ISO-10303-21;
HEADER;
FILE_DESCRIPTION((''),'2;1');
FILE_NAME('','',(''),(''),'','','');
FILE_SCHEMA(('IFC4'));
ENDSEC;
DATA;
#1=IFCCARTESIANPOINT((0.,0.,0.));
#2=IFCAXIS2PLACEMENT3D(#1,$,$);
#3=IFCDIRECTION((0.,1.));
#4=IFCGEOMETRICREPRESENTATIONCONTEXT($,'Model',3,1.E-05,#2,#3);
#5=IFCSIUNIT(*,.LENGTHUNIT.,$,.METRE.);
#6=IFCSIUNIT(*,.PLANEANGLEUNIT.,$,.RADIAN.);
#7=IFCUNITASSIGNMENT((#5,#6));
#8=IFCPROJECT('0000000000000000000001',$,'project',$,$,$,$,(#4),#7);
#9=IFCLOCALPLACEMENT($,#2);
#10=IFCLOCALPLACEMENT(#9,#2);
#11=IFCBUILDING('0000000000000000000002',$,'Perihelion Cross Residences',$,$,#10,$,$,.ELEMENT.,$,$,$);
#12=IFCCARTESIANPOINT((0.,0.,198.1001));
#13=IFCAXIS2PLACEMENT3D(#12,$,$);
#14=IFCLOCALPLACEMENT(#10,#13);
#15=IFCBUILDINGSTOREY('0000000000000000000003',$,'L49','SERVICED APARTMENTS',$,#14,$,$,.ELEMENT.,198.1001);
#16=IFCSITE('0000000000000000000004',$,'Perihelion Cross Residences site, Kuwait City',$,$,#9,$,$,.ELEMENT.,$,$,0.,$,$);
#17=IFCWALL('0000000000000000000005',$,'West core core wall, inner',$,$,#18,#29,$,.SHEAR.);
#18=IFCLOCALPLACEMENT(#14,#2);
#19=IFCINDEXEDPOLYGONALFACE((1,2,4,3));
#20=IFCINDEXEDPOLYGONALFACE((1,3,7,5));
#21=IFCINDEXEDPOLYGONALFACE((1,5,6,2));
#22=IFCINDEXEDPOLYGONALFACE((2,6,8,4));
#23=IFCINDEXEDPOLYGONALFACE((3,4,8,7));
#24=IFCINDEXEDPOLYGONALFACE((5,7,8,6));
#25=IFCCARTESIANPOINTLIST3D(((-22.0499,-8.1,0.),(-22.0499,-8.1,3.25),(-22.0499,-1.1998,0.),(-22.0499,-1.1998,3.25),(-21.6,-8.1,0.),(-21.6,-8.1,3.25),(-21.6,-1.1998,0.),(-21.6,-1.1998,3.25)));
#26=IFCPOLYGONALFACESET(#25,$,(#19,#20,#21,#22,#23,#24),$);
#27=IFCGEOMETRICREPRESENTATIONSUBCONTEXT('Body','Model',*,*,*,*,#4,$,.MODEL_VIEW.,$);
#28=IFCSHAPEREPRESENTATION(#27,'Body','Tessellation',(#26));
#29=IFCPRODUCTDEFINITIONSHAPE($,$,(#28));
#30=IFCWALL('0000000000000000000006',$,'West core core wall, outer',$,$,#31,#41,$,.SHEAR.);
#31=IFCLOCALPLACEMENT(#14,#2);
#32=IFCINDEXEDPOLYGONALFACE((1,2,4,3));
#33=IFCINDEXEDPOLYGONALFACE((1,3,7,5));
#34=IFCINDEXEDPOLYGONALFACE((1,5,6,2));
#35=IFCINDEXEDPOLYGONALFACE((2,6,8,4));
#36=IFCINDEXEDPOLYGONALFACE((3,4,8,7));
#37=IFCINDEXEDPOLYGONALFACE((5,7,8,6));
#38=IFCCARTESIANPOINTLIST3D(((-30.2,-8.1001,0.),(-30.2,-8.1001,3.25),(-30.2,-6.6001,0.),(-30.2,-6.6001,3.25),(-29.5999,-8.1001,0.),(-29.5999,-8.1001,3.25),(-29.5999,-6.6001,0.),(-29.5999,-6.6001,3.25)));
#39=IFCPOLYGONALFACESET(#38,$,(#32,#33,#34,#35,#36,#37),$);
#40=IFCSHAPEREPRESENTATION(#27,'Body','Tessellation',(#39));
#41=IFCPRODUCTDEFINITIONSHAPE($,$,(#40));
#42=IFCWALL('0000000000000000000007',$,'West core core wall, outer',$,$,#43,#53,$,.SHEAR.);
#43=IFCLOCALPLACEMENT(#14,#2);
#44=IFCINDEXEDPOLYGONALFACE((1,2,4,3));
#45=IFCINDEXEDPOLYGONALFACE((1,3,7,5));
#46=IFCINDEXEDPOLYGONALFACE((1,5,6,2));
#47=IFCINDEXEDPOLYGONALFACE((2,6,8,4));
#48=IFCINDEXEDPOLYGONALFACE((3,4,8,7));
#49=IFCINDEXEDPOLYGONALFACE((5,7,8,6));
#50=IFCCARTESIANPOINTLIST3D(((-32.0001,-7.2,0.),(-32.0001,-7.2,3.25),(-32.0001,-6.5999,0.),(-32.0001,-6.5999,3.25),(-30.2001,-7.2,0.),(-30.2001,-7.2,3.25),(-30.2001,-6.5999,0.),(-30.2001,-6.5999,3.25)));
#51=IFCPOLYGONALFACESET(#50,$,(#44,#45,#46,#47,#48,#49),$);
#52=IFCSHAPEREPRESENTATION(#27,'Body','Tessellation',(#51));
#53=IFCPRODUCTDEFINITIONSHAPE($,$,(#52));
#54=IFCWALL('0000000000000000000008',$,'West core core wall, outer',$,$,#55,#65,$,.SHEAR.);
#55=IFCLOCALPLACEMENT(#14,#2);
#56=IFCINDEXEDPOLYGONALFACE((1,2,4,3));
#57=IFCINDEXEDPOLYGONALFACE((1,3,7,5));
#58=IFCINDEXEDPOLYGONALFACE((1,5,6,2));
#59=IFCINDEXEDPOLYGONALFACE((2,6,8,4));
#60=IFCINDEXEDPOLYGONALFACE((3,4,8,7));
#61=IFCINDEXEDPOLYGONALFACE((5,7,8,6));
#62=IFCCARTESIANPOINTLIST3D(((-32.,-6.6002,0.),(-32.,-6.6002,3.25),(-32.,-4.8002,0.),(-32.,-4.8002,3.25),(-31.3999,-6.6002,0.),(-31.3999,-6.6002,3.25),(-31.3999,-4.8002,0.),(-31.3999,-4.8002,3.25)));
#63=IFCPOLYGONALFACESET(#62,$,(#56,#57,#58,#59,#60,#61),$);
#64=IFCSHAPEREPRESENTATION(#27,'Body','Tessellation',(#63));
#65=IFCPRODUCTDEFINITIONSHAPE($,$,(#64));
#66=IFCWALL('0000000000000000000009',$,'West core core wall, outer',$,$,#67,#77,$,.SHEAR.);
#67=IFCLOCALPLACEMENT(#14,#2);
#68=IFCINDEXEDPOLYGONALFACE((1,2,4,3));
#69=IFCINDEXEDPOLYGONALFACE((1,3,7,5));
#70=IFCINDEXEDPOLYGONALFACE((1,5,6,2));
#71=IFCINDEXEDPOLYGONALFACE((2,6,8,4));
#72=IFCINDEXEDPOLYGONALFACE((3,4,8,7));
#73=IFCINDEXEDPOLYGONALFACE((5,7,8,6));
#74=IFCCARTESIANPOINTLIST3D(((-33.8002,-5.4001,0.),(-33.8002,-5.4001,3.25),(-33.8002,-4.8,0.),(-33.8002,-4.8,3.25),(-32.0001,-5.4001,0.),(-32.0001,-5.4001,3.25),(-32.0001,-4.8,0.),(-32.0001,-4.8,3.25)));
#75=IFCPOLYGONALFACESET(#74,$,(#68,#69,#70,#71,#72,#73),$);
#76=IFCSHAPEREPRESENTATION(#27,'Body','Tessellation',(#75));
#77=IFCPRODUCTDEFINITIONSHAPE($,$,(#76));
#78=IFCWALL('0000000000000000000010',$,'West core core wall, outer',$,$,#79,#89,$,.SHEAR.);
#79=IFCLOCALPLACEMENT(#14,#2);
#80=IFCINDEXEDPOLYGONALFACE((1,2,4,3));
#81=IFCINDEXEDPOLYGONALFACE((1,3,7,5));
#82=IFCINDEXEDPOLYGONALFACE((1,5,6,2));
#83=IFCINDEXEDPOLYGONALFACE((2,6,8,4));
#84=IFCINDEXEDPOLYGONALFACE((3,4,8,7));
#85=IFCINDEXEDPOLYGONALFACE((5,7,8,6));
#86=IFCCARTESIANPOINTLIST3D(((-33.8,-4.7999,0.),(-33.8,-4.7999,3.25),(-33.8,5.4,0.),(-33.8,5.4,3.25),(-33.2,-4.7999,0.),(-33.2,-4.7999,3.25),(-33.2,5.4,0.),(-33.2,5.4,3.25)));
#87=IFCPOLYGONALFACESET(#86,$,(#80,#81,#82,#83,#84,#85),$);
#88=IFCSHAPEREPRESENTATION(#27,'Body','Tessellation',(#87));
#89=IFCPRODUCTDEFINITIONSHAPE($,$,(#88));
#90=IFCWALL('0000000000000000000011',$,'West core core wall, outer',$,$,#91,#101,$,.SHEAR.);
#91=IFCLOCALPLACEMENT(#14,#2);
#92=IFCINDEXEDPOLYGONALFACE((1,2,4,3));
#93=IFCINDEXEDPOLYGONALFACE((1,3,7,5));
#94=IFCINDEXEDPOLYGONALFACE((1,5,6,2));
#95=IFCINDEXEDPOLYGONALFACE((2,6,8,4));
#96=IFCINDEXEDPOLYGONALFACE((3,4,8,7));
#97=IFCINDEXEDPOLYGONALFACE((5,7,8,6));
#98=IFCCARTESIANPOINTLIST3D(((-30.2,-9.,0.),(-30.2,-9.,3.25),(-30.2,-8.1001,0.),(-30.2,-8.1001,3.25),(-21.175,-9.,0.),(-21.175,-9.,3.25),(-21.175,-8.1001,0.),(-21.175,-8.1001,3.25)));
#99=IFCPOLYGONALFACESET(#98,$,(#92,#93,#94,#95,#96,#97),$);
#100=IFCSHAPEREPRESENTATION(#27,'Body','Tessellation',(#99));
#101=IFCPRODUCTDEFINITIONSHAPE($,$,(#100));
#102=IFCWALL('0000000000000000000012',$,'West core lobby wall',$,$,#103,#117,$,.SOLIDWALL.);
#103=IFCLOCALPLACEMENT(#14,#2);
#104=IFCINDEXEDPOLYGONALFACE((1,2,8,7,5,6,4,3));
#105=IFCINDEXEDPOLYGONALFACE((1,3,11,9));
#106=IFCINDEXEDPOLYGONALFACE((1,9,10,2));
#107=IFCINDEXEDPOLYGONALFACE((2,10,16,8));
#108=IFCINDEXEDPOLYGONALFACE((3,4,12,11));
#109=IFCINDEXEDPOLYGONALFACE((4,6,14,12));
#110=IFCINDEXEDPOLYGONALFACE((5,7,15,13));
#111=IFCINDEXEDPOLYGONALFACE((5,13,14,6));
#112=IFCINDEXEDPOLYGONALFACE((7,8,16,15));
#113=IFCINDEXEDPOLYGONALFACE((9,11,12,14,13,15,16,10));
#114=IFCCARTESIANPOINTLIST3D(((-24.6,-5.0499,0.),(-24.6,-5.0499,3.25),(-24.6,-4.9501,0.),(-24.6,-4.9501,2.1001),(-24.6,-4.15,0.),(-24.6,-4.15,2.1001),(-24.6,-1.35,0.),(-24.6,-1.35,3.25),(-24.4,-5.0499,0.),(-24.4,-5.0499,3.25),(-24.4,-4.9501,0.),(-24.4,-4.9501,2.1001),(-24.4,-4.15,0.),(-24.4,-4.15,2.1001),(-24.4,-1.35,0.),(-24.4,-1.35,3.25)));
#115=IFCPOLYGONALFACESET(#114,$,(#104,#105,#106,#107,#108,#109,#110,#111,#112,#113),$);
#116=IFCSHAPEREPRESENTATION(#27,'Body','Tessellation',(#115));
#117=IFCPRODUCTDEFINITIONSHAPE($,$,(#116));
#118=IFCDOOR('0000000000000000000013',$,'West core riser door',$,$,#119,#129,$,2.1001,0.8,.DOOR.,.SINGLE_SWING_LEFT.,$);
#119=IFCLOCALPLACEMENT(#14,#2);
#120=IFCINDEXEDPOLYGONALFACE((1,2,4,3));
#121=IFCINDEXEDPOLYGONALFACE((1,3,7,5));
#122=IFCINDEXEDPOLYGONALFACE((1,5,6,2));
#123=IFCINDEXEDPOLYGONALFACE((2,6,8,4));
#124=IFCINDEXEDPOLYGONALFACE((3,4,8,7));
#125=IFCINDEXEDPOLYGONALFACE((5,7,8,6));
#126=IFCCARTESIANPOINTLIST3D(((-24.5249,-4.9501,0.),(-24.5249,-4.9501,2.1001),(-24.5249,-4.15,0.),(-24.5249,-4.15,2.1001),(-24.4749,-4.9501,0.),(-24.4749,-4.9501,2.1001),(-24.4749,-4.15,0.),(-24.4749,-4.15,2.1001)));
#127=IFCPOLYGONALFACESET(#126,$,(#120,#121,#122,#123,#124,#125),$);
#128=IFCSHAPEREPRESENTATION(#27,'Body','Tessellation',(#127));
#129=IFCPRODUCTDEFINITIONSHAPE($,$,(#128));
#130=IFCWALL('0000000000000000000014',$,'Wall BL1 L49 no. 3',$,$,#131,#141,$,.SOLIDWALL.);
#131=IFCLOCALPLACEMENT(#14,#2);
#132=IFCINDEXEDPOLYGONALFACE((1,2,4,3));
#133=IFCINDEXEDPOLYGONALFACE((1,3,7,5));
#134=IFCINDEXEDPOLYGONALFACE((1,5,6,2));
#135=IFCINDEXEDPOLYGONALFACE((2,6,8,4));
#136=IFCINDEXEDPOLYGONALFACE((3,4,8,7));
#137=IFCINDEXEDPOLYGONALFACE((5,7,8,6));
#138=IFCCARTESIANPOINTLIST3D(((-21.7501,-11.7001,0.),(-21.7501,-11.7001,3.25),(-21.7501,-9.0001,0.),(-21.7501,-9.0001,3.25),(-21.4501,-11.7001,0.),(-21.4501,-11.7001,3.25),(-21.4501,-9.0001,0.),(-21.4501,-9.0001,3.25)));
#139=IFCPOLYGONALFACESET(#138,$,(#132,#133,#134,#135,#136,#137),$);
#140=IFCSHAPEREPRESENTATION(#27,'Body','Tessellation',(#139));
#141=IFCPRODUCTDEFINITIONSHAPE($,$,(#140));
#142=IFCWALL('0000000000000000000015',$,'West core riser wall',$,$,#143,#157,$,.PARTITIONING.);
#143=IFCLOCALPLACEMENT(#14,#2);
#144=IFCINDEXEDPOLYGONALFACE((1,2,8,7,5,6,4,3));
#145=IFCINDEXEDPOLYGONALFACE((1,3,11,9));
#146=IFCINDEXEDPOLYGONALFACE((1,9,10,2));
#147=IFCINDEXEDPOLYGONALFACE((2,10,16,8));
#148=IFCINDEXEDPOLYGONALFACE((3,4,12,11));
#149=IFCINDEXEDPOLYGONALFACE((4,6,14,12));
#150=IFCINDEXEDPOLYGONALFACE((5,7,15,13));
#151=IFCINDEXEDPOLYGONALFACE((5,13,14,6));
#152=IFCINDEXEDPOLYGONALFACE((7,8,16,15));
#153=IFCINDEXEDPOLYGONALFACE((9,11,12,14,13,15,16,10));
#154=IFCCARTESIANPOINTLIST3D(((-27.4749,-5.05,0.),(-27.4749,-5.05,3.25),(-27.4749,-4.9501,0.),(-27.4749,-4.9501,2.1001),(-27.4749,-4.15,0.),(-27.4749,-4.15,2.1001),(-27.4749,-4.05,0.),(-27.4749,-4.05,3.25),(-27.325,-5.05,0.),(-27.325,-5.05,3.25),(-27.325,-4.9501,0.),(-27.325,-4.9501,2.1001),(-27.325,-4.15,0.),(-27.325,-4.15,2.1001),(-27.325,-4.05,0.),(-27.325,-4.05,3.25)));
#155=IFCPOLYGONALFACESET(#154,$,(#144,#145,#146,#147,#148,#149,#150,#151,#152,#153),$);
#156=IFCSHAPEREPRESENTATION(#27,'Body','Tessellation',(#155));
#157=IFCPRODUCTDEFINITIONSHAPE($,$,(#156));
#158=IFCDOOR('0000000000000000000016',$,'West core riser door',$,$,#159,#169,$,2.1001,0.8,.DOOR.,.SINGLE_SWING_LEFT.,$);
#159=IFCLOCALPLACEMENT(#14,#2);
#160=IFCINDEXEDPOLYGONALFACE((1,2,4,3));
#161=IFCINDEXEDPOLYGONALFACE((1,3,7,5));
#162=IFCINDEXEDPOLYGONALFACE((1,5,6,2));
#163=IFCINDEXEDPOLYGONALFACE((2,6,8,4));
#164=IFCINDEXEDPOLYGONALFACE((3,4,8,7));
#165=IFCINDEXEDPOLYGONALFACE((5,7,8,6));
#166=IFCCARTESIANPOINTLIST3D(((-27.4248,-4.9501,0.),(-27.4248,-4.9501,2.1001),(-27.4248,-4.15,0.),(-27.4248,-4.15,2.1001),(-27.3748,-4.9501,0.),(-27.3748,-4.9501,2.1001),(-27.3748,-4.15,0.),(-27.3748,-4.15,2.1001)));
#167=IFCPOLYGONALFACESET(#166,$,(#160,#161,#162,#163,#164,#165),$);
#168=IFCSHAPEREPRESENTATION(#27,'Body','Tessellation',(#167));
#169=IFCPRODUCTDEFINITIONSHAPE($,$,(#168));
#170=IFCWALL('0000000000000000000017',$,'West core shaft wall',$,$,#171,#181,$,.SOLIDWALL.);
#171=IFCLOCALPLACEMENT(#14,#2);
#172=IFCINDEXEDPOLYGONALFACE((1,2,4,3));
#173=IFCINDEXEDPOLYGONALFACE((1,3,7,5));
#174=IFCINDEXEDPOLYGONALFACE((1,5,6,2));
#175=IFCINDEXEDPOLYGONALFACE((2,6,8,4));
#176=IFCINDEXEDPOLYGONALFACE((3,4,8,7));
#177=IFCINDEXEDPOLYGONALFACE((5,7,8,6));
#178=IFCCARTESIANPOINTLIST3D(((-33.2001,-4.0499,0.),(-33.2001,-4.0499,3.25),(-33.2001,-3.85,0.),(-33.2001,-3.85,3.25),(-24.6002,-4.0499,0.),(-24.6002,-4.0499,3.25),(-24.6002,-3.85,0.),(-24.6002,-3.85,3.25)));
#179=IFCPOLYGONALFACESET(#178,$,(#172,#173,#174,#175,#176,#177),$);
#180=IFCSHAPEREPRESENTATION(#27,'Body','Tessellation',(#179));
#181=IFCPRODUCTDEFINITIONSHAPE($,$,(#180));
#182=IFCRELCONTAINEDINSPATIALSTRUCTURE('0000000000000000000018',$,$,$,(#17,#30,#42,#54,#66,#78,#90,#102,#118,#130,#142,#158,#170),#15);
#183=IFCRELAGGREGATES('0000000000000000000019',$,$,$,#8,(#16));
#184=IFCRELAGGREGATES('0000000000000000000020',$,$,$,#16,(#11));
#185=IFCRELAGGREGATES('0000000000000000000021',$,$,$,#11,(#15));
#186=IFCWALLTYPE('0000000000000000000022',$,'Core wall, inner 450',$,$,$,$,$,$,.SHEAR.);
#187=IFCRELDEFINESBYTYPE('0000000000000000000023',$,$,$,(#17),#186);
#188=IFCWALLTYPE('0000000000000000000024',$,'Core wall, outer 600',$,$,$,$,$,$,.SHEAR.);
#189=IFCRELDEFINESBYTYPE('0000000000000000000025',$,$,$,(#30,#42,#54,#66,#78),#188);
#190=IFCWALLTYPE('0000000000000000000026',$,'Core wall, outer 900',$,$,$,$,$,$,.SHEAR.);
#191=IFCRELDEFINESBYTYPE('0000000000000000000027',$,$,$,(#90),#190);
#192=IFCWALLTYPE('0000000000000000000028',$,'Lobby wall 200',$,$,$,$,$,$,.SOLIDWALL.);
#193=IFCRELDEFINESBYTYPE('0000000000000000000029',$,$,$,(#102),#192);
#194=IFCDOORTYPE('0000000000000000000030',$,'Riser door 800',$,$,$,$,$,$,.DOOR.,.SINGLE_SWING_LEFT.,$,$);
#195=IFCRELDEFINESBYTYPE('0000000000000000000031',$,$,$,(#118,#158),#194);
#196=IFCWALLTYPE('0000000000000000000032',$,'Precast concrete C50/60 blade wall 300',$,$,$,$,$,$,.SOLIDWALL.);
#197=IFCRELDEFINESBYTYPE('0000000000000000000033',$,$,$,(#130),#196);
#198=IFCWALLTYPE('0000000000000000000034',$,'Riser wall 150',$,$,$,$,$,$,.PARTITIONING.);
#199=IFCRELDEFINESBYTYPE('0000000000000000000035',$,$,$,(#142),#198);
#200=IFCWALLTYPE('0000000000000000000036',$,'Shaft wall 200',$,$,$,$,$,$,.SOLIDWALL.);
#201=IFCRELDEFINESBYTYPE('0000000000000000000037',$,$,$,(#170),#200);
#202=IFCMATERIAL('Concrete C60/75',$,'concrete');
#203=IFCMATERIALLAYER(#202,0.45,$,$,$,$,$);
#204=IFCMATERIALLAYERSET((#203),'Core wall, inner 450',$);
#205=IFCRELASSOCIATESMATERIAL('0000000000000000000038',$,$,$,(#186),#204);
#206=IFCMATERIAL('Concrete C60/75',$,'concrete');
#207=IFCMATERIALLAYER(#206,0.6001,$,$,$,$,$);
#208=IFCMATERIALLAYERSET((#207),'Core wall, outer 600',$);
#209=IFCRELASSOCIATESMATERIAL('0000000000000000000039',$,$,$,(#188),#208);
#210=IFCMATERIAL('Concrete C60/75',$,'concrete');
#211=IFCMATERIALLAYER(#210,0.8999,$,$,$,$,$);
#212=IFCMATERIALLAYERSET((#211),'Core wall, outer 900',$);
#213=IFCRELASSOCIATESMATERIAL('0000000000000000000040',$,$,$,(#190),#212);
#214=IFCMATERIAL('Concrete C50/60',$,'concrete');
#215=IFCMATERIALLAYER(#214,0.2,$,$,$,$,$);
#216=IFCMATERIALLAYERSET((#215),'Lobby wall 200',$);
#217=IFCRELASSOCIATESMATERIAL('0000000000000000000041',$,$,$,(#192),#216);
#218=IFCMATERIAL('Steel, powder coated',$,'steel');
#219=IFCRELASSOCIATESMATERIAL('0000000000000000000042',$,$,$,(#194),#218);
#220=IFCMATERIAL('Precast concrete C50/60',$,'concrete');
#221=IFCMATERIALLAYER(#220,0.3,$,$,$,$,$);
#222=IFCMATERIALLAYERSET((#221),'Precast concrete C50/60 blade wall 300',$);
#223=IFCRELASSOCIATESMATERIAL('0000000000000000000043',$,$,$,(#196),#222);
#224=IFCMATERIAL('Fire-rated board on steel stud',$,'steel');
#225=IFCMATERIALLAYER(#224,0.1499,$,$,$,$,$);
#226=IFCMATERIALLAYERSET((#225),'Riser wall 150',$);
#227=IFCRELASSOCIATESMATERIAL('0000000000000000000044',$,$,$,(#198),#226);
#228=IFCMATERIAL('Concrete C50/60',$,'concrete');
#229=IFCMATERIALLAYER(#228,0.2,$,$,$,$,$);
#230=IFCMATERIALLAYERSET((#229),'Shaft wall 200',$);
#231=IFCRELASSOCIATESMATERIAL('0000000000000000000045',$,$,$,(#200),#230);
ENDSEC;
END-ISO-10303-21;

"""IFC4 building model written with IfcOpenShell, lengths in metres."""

from ifc_helpers import new_model, si_unit, direction, frame, frame_2d, origin, place, context, subcontext, project, spatial, rectangle, extrude, material, layer, layer_set, type_object, element, fill, save


model = new_model("IFC4")

# Units and contexts
model_context = context("Model", 3, precision=1e-05, world=origin(), true_north=direction((0.0, 1.0)))
body_context = subcontext(model_context, "Body", "Model", "MODEL_VIEW")
ifc_project = project(units=[si_unit("LENGTHUNIT", "METRE"), si_unit("PLANEANGLEUNIT", "RADIAN")], contexts=[model_context])

# Site, building, storey
site_placement = place(None, origin())
site = spatial("IfcSite", under=ifc_project, at=site_placement, Name="Perihelion Cross Residences site, Kuwait City", CompositionType="ELEMENT", RefElevation=0.0)
building_placement = place(site_placement, origin())
building = spatial("IfcBuilding", under=site, at=building_placement, Name="Perihelion Cross Residences", CompositionType="ELEMENT")
storey_placement = place(building_placement, frame((0.0, 0.0, 198.1001)))
storey = spatial("IfcBuildingStorey", under=building, at=storey_placement, Name="L49", Description="SERVICED APARTMENTS", CompositionType="ELEMENT", Elevation=198.1001)

# Walls
ifc_material_1 = material(Name="Concrete C60/75", Category="concrete")
ifc_layer_1 = layer(ifc_material_1, 0.45)
ifc_layer_set_1 = layer_set([ifc_layer_1], Name="Core wall, inner 450")
wall_type_1 = type_object("IfcWallType", Name="Core wall, inner 450", PredefinedType="SHEAR", material=ifc_layer_set_1)
wall_1_placement = place(storey_placement, frame((-21.825, -8.1001, 0.0), z_axis=(0.0, 0.0, 1.0), x_axis=(0.0, 1.0, 0.0)))
element("IfcWall", 1, at=wall_1_placement, inside=storey, type_object=wall_type_1, Name="West core core wall, inner", PredefinedType="SHEAR", context=body_context, shape_type="SweptSolid", body=[
    extrude(rectangle(XDim=6.9001, YDim=0.45, at=frame_2d((3.4502, 0.0))), origin(), (0.0, 0.0, 1.0), 3.25),
])
ifc_material_2 = material(Name="Concrete C60/75", Category="concrete")
ifc_layer_2 = layer(ifc_material_2, 0.6001)
ifc_layer_set_2 = layer_set([ifc_layer_2], Name="Core wall, outer 600")
wall_type_2 = type_object("IfcWallType", Name="Core wall, outer 600", PredefinedType="SHEAR", material=ifc_layer_set_2)
wall_2_placement = place(storey_placement, frame((-29.8999, -8.1001, 0.0), z_axis=(0.0, 0.0, 1.0), x_axis=(0.0, 1.0, 0.0)))
element("IfcWall", 2, at=wall_2_placement, inside=storey, type_object=wall_type_2, Name="West core core wall, outer", PredefinedType="SHEAR", context=body_context, shape_type="SweptSolid", body=[
    extrude(rectangle(XDim=1.5, YDim=0.6001, at=frame_2d((0.75, 0.0))), origin(), (0.0, 0.0, 1.0), 3.25),
])
for number, where, z_axis, x_axis, name in (
    (3, (-32.0, -6.8999, 0.0), (0.0, 0.0, 1.0), (1.0, 0.0, 0.0), "West core core wall, outer"),
    (4, (-31.7, -6.6001, 0.0), (0.0, 0.0, 1.0), (0.0, 1.0, 0.0), "West core core wall, outer"),
    (5, (-33.8, -5.1001, 0.0), (0.0, 0.0, 1.0), (1.0, 0.0, 0.0), "West core core wall, outer"),
):
    element("IfcWall", number, at=place(storey_placement, frame(where, z_axis=z_axis, x_axis=x_axis)), inside=storey, type_object=wall_type_2, Name=name, PredefinedType="SHEAR", context=body_context, shape_type="SweptSolid", body=[
        extrude(rectangle(XDim=1.8, YDim=0.6001, at=frame_2d((0.8999, 0.0))), origin(), (0.0, 0.0, 1.0), 3.25),
    ])
wall_3_placement = place(storey_placement, frame((-33.5, -4.8, 0.0), z_axis=(0.0, 0.0, 1.0), x_axis=(0.0, 1.0, 0.0)))
element("IfcWall", 6, at=wall_3_placement, inside=storey, type_object=wall_type_2, Name="West core core wall, outer", PredefinedType="SHEAR", context=body_context, shape_type="SweptSolid", body=[
    extrude(rectangle(XDim=10.2, YDim=0.6001, at=frame_2d((5.1001, 0.0))), origin(), (0.0, 0.0, 1.0), 3.25),
])
ifc_material_3 = material(Name="Concrete C60/75", Category="concrete")
ifc_layer_3 = layer(ifc_material_3, 0.8999)
ifc_layer_set_3 = layer_set([ifc_layer_3], Name="Core wall, outer 900")
wall_type_3 = type_object("IfcWallType", Name="Core wall, outer 900", PredefinedType="SHEAR", material=ifc_layer_set_3)
wall_4_placement = place(storey_placement, frame((-30.2, -8.55, 0.0), z_axis=(0.0, 0.0, 1.0), x_axis=(1.0, 0.0, 0.0)))
element("IfcWall", 7, at=wall_4_placement, inside=storey, type_object=wall_type_3, Name="West core core wall, outer", PredefinedType="SHEAR", context=body_context, shape_type="SweptSolid", body=[
    extrude(rectangle(XDim=9.0249, YDim=0.8999, at=frame_2d((4.5125, 0.0))), origin(), (0.0, 0.0, 1.0), 3.25),
])

# Wall, opening, door
ifc_material_4 = material(Name="Concrete C50/60", Category="concrete")
ifc_layer_4 = layer(ifc_material_4, 0.2)
ifc_layer_set_4 = layer_set([ifc_layer_4], Name="Lobby wall 200")
wall_type_4 = type_object("IfcWallType", Name="Lobby wall 200", PredefinedType="SOLIDWALL", material=ifc_layer_set_4)
wall_5_placement = place(storey_placement, frame((-24.5, -5.05, 0.0), z_axis=(0.0, 0.0, 1.0), x_axis=(0.0, 1.0, 0.0)))
wall_5 = element("IfcWall", 8, at=wall_5_placement, inside=storey, type_object=wall_type_4, Name="West core lobby wall", PredefinedType="SOLIDWALL", context=body_context, shape_type="SweptSolid", body=[
    extrude(rectangle(XDim=3.7, YDim=0.2, at=frame_2d((1.8501, 0.0))), origin(), (0.0, 0.0, 1.0), 3.25),
])
opening_1_placement = place(wall_5_placement, frame((0.1001, 0.0, 0.0)))
opening_1 = element("IfcOpeningElement", 9, at=opening_1_placement, cuts=wall_5, PredefinedType="OPENING", context=body_context, shape_type="SweptSolid", body=[
    extrude(rectangle(XDim=0.8, YDim=2.1001, at=frame_2d((0.3999, 1.05))), frame((0.0, 0.1099, 0.0), z_axis=(0.0, -1.0, 0.0), x_axis=(1.0, 0.0, 0.0)), (0.0, 0.0, 1.0), 0.22),
])
ifc_material_5 = material(Name="Steel, powder coated", Category="steel")
door_type_1 = type_object("IfcDoorType", Name="Riser door 800", OperationType="SINGLE_SWING_LEFT", PredefinedType="DOOR", material=ifc_material_5)
door_1_placement = place(opening_1_placement, origin())
door_1 = element("IfcDoor", 10, at=door_1_placement, inside=storey, type_object=door_type_1, Name="West core riser door", OperationType="SINGLE_SWING_LEFT", OverallHeight=2.1001, OverallWidth=0.8, PredefinedType="DOOR", context=body_context, shape_type="SweptSolid", body=[
    extrude(rectangle(XDim=0.8, YDim=2.1001, at=frame_2d((0.3999, 1.05))), frame((0.0, 0.0249, 0.0), z_axis=(0.0, -1.0, 0.0), x_axis=(1.0, 0.0, 0.0)), (0.0, 0.0, 1.0), 0.05),
])
fill(opening_1, door_1)

# Wall
ifc_material_6 = material(Name="Precast concrete C50/60", Category="concrete")
ifc_layer_5 = layer(ifc_material_6, 0.3)
ifc_layer_set_5 = layer_set([ifc_layer_5], Name="Precast concrete C50/60 blade wall 300")
wall_type_5 = type_object("IfcWallType", Name="Precast concrete C50/60 blade wall 300", PredefinedType="SOLIDWALL", material=ifc_layer_set_5)
wall_6_placement = place(storey_placement, frame((-21.6001, -9.0, 0.0), z_axis=(0.0, 0.0, 1.0), x_axis=(0.0, -1.0, 0.0)))
element("IfcWall", 11, at=wall_6_placement, inside=storey, type_object=wall_type_5, Name="Wall BL1 L49 no. 3", PredefinedType="SOLIDWALL", context=body_context, shape_type="SweptSolid", body=[
    extrude(rectangle(XDim=2.7, YDim=0.3, at=frame_2d((1.3501, 0.0))), origin(), (0.0, 0.0, 1.0), 3.25),
])

# Wall, opening, door
ifc_material_7 = material(Name="Fire-rated board on steel stud", Category="steel")
ifc_layer_6 = layer(ifc_material_7, 0.1499)
ifc_layer_set_6 = layer_set([ifc_layer_6], Name="Riser wall 150")
wall_type_6 = type_object("IfcWallType", Name="Riser wall 150", PredefinedType="PARTITIONING", material=ifc_layer_set_6)
wall_7_placement = place(storey_placement, frame((-27.3999, -5.05, 0.0), z_axis=(0.0, 0.0, 1.0), x_axis=(0.0, 1.0, 0.0)))
wall_7 = element("IfcWall", 12, at=wall_7_placement, inside=storey, type_object=wall_type_6, Name="West core riser wall", PredefinedType="PARTITIONING", context=body_context, shape_type="SweptSolid", body=[
    extrude(rectangle(XDim=1.0, YDim=0.1499, at=frame_2d((0.5, 0.0))), origin(), (0.0, 0.0, 1.0), 3.25),
])
opening_2_placement = place(wall_7_placement, frame((0.1001, 0.0, 0.0)))
opening_2 = element("IfcOpeningElement", 13, at=opening_2_placement, cuts=wall_7, PredefinedType="OPENING", context=body_context, shape_type="SweptSolid", body=[
    extrude(rectangle(XDim=0.8, YDim=2.1001, at=frame_2d((0.3999, 1.05))), frame((0.0, 0.085, 0.0), z_axis=(0.0, -1.0, 0.0), x_axis=(1.0, 0.0, 0.0)), (0.0, 0.0, 1.0), 0.1699),
])
door_2_placement = place(opening_2_placement, origin())
door_2 = element("IfcDoor", 14, at=door_2_placement, inside=storey, type_object=door_type_1, Name="West core riser door", OperationType="SINGLE_SWING_LEFT", OverallHeight=2.1001, OverallWidth=0.8, PredefinedType="DOOR", context=body_context, shape_type="SweptSolid", body=[
    extrude(rectangle(XDim=0.8, YDim=2.1001, at=frame_2d((0.3999, 1.05))), frame((0.0, 0.0249, 0.0), z_axis=(0.0, -1.0, 0.0), x_axis=(1.0, 0.0, 0.0)), (0.0, 0.0, 1.0), 0.05),
])
fill(opening_2, door_2)

# Wall
ifc_material_8 = material(Name="Concrete C50/60", Category="concrete")
ifc_layer_7 = layer(ifc_material_8, 0.2)
ifc_layer_set_7 = layer_set([ifc_layer_7], Name="Shaft wall 200")
wall_type_7 = type_object("IfcWallType", Name="Shaft wall 200", PredefinedType="SOLIDWALL", material=ifc_layer_set_7)
wall_8_placement = place(storey_placement, frame((-33.2, -3.95, 0.0), z_axis=(0.0, 0.0, 1.0), x_axis=(1.0, 0.0, 0.0)))
element("IfcWall", 15, at=wall_8_placement, inside=storey, type_object=wall_type_7, Name="West core shaft wall", PredefinedType="SOLIDWALL", context=body_context, shape_type="SweptSolid", body=[
    extrude(rectangle(XDim=8.5999, YDim=0.2, at=frame_2d((4.2998, 0.0))), origin(), (0.0, 0.0, 1.0), 3.25),
])

save(model, "model.ifc")
